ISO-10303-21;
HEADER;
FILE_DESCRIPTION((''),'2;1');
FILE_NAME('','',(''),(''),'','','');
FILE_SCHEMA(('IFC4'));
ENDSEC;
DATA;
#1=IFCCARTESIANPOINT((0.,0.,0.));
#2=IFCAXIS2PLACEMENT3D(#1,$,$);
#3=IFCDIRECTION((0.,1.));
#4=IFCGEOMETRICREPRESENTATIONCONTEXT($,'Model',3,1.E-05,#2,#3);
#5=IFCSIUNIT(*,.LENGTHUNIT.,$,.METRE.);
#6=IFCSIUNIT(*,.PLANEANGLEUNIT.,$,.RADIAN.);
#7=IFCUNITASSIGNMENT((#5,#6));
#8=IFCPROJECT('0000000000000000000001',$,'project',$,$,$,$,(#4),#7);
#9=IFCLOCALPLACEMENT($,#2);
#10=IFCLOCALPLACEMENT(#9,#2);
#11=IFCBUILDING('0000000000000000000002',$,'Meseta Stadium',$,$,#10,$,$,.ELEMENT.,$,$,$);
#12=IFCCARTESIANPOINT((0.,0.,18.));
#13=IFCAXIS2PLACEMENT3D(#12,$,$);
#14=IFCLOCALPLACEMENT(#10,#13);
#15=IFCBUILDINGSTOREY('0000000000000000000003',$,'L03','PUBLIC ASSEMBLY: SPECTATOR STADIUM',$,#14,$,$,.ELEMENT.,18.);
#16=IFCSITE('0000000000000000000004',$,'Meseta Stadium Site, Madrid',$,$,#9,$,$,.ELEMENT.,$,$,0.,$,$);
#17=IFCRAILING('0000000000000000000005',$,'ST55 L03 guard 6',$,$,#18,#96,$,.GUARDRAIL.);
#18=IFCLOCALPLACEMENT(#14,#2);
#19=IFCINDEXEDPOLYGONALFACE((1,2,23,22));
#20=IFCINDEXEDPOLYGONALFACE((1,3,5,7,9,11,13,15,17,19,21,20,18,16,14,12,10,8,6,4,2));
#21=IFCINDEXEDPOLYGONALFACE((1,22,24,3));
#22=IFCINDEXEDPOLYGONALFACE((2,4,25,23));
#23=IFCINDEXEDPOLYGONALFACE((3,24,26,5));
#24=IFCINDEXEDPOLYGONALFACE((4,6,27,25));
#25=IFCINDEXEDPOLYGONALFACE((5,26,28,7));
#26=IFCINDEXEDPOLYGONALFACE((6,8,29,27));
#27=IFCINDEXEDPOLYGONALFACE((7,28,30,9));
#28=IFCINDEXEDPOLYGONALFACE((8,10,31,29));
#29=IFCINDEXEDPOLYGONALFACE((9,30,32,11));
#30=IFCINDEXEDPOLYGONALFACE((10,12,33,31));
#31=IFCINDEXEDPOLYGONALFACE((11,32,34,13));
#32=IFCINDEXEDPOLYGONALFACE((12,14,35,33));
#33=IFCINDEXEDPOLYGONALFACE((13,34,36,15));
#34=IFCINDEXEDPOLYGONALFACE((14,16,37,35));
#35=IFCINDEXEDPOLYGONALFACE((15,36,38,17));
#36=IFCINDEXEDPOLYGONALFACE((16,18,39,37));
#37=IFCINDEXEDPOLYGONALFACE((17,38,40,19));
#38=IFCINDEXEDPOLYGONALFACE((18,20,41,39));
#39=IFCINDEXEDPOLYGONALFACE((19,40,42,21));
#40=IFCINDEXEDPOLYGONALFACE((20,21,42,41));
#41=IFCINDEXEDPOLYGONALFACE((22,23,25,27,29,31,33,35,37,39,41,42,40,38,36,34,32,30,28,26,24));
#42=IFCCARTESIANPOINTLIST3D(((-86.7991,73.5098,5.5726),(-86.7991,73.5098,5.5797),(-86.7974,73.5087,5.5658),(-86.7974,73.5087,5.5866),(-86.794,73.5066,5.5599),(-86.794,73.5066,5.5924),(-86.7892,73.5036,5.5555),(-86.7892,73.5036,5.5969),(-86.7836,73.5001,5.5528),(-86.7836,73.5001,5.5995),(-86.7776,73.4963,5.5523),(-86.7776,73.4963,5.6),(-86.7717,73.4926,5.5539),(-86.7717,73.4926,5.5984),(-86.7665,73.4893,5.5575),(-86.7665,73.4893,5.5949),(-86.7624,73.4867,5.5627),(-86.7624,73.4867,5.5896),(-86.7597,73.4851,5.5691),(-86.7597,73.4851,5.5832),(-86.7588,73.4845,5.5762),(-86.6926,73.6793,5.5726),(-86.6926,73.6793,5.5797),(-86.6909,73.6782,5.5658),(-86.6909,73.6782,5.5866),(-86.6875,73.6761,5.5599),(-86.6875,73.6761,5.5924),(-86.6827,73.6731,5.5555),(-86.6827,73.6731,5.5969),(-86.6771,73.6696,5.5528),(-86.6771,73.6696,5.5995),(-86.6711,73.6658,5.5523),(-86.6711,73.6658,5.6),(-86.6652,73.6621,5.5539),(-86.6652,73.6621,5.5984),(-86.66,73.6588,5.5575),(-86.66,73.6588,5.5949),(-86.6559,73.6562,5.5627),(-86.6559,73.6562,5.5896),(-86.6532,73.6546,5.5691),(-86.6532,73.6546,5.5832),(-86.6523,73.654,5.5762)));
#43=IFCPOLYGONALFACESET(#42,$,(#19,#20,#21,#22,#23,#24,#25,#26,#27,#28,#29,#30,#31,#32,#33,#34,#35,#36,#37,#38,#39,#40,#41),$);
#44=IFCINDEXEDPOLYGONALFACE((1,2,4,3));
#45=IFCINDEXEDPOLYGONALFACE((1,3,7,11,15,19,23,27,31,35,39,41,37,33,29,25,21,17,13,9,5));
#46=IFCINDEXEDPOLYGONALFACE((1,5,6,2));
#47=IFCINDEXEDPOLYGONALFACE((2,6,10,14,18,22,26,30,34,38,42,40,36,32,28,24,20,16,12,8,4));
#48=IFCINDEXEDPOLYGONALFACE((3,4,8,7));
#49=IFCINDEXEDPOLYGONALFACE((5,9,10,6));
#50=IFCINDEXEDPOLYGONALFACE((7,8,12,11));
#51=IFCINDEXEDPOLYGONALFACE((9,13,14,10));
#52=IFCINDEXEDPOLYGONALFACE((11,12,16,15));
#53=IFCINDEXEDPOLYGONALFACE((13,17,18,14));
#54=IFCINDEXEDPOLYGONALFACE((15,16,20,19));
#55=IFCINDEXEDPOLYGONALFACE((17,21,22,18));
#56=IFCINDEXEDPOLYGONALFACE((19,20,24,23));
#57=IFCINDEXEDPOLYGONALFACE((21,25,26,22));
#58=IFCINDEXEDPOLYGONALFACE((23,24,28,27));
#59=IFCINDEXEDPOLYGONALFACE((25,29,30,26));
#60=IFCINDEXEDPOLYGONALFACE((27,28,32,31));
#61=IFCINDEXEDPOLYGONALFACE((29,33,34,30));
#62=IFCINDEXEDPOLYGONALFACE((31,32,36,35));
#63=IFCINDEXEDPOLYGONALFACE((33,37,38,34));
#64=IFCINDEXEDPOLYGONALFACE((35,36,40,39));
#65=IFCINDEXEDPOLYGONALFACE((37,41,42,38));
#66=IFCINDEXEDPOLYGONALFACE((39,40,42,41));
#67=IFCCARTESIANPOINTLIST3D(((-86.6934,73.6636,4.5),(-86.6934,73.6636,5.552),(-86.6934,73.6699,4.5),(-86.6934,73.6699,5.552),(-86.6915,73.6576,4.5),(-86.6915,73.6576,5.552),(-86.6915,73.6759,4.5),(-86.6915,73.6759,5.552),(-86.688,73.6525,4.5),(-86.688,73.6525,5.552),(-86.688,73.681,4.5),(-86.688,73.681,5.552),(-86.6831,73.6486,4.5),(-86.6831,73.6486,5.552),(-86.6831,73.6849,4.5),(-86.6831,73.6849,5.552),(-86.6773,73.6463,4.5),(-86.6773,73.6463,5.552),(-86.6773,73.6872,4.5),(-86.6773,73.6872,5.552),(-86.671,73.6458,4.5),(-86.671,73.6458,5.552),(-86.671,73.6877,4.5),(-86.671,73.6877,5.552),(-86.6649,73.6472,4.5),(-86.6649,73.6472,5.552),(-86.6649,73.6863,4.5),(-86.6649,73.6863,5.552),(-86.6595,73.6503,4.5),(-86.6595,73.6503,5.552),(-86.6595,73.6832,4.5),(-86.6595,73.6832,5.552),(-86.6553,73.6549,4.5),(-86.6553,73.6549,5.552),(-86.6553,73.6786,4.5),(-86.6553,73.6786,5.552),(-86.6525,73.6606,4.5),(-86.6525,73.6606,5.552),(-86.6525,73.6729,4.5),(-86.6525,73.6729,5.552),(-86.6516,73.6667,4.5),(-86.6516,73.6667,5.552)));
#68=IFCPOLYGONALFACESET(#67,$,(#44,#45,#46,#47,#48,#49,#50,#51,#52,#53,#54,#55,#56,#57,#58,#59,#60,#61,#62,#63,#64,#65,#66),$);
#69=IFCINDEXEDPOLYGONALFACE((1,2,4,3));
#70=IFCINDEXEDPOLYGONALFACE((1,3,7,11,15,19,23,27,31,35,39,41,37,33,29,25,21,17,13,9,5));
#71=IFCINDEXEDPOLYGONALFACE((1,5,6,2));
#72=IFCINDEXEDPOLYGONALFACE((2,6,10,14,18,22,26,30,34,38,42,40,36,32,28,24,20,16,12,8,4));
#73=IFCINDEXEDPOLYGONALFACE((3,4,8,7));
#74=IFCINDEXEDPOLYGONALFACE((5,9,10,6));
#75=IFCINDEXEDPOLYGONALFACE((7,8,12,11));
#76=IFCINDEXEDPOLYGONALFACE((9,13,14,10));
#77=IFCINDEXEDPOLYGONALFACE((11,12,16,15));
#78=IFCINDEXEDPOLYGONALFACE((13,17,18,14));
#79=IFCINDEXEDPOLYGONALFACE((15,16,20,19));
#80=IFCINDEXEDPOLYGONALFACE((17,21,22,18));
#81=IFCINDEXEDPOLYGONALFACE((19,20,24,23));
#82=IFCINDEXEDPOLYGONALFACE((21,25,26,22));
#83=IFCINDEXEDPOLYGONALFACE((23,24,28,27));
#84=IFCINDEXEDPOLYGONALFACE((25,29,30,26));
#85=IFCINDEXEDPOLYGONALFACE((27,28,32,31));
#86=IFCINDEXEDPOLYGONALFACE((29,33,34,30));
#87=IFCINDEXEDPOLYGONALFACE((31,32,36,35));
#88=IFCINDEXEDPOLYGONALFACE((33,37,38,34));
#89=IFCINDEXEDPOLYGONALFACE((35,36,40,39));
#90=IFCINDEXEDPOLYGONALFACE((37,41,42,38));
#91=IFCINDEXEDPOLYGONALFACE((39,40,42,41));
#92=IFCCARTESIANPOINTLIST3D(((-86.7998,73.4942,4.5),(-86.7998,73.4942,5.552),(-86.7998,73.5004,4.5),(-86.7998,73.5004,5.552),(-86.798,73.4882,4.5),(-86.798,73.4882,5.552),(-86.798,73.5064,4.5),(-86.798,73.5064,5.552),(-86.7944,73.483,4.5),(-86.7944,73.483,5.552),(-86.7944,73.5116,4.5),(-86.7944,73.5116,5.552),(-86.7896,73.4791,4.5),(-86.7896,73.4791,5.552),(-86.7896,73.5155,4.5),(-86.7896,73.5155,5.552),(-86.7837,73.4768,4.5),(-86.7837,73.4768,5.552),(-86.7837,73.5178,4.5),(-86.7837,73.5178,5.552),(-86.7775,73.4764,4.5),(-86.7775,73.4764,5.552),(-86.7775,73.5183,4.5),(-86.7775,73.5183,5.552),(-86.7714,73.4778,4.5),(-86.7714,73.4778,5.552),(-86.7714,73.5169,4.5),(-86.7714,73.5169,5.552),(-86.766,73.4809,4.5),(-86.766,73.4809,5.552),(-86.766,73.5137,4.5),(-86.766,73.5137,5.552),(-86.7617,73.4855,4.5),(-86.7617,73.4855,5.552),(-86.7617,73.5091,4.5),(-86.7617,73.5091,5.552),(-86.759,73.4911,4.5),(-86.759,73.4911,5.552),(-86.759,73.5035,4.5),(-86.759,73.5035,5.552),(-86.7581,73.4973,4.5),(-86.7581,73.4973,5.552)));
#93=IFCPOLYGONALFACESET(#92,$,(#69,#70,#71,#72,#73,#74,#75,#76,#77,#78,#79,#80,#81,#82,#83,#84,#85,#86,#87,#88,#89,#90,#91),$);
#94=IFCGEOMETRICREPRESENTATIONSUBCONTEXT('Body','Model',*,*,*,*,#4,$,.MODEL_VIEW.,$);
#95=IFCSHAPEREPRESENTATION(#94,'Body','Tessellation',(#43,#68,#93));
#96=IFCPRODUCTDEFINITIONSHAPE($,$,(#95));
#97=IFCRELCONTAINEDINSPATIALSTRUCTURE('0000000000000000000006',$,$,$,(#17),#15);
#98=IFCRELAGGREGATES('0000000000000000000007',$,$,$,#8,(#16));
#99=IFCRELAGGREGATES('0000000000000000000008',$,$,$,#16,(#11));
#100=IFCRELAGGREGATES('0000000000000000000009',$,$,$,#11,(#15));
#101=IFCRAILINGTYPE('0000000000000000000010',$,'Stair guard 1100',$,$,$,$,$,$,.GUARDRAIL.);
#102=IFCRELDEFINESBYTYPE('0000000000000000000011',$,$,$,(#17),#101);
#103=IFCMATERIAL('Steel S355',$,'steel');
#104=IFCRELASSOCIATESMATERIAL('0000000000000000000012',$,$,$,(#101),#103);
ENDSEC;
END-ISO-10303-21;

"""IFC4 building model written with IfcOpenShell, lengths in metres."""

from ifc_helpers import new_model, si_unit, direction, frame, origin, origin_2d, place, context, subcontext, project, spatial, circle, extrude, material, type_object, element, save


model = new_model("IFC4")

# Units and contexts
model_context = context("Model", 3, precision=1e-05, world=origin(), true_north=direction((0.0, 1.0)))
body_context = subcontext(model_context, "Body", "Model", "MODEL_VIEW")
ifc_project = project(units=[si_unit("LENGTHUNIT", "METRE"), si_unit("PLANEANGLEUNIT", "RADIAN")], contexts=[model_context])

# Site, building, storey
site_placement = place(None, origin())
site = spatial("IfcSite", under=ifc_project, at=site_placement, Name="Meseta Stadium Site, Madrid", CompositionType="ELEMENT", RefElevation=0.0)
building_placement = place(site_placement, origin())
building = spatial("IfcBuilding", under=site, at=building_placement, Name="Meseta Stadium", CompositionType="ELEMENT")
storey_placement = place(building_placement, frame((0.0, 0.0, 18.0)))
storey = spatial("IfcBuildingStorey", under=building, at=storey_placement, Name="L03", Description="PUBLIC ASSEMBLY: SPECTATOR STADIUM", CompositionType="ELEMENT", Elevation=18.0)

# Railing
ifc_material_1 = material(Name="Steel S355", Category="steel")
railing_type_1 = type_object("IfcRailingType", Name="Stair guard 1100", PredefinedType="GUARDRAIL", material=ifc_material_1)
railing_1_placement = place(storey_placement, frame((-86.6726, 73.6667, 4.5)))
element("IfcRailing", 1, at=railing_1_placement, inside=storey, type_object=railing_type_1, Name="ST55 L03 guard 6", PredefinedType="GUARDRAIL", context=body_context, shape_type="SweptSolid", body=[
    extrude(circle(Radius=0.0239, at=origin_2d()), frame((0.0, 0.0, 1.0762), z_axis=(-0.531972, -0.846762, 0.0), x_axis=(0.846762, -0.531972, 0.0)), (0.0, 0.0, 1.0), 0.2002),
    extrude(circle(Radius=0.021, at=origin_2d()), origin(), (0.0, 0.0, 1.0), 1.052),
    extrude(circle(Radius=0.021, at=origin_2d()), frame((-0.1064, -0.1694, 0.0)), (0.0, 0.0, 1.0), 1.052),
])

save(model, "model.ifc")
